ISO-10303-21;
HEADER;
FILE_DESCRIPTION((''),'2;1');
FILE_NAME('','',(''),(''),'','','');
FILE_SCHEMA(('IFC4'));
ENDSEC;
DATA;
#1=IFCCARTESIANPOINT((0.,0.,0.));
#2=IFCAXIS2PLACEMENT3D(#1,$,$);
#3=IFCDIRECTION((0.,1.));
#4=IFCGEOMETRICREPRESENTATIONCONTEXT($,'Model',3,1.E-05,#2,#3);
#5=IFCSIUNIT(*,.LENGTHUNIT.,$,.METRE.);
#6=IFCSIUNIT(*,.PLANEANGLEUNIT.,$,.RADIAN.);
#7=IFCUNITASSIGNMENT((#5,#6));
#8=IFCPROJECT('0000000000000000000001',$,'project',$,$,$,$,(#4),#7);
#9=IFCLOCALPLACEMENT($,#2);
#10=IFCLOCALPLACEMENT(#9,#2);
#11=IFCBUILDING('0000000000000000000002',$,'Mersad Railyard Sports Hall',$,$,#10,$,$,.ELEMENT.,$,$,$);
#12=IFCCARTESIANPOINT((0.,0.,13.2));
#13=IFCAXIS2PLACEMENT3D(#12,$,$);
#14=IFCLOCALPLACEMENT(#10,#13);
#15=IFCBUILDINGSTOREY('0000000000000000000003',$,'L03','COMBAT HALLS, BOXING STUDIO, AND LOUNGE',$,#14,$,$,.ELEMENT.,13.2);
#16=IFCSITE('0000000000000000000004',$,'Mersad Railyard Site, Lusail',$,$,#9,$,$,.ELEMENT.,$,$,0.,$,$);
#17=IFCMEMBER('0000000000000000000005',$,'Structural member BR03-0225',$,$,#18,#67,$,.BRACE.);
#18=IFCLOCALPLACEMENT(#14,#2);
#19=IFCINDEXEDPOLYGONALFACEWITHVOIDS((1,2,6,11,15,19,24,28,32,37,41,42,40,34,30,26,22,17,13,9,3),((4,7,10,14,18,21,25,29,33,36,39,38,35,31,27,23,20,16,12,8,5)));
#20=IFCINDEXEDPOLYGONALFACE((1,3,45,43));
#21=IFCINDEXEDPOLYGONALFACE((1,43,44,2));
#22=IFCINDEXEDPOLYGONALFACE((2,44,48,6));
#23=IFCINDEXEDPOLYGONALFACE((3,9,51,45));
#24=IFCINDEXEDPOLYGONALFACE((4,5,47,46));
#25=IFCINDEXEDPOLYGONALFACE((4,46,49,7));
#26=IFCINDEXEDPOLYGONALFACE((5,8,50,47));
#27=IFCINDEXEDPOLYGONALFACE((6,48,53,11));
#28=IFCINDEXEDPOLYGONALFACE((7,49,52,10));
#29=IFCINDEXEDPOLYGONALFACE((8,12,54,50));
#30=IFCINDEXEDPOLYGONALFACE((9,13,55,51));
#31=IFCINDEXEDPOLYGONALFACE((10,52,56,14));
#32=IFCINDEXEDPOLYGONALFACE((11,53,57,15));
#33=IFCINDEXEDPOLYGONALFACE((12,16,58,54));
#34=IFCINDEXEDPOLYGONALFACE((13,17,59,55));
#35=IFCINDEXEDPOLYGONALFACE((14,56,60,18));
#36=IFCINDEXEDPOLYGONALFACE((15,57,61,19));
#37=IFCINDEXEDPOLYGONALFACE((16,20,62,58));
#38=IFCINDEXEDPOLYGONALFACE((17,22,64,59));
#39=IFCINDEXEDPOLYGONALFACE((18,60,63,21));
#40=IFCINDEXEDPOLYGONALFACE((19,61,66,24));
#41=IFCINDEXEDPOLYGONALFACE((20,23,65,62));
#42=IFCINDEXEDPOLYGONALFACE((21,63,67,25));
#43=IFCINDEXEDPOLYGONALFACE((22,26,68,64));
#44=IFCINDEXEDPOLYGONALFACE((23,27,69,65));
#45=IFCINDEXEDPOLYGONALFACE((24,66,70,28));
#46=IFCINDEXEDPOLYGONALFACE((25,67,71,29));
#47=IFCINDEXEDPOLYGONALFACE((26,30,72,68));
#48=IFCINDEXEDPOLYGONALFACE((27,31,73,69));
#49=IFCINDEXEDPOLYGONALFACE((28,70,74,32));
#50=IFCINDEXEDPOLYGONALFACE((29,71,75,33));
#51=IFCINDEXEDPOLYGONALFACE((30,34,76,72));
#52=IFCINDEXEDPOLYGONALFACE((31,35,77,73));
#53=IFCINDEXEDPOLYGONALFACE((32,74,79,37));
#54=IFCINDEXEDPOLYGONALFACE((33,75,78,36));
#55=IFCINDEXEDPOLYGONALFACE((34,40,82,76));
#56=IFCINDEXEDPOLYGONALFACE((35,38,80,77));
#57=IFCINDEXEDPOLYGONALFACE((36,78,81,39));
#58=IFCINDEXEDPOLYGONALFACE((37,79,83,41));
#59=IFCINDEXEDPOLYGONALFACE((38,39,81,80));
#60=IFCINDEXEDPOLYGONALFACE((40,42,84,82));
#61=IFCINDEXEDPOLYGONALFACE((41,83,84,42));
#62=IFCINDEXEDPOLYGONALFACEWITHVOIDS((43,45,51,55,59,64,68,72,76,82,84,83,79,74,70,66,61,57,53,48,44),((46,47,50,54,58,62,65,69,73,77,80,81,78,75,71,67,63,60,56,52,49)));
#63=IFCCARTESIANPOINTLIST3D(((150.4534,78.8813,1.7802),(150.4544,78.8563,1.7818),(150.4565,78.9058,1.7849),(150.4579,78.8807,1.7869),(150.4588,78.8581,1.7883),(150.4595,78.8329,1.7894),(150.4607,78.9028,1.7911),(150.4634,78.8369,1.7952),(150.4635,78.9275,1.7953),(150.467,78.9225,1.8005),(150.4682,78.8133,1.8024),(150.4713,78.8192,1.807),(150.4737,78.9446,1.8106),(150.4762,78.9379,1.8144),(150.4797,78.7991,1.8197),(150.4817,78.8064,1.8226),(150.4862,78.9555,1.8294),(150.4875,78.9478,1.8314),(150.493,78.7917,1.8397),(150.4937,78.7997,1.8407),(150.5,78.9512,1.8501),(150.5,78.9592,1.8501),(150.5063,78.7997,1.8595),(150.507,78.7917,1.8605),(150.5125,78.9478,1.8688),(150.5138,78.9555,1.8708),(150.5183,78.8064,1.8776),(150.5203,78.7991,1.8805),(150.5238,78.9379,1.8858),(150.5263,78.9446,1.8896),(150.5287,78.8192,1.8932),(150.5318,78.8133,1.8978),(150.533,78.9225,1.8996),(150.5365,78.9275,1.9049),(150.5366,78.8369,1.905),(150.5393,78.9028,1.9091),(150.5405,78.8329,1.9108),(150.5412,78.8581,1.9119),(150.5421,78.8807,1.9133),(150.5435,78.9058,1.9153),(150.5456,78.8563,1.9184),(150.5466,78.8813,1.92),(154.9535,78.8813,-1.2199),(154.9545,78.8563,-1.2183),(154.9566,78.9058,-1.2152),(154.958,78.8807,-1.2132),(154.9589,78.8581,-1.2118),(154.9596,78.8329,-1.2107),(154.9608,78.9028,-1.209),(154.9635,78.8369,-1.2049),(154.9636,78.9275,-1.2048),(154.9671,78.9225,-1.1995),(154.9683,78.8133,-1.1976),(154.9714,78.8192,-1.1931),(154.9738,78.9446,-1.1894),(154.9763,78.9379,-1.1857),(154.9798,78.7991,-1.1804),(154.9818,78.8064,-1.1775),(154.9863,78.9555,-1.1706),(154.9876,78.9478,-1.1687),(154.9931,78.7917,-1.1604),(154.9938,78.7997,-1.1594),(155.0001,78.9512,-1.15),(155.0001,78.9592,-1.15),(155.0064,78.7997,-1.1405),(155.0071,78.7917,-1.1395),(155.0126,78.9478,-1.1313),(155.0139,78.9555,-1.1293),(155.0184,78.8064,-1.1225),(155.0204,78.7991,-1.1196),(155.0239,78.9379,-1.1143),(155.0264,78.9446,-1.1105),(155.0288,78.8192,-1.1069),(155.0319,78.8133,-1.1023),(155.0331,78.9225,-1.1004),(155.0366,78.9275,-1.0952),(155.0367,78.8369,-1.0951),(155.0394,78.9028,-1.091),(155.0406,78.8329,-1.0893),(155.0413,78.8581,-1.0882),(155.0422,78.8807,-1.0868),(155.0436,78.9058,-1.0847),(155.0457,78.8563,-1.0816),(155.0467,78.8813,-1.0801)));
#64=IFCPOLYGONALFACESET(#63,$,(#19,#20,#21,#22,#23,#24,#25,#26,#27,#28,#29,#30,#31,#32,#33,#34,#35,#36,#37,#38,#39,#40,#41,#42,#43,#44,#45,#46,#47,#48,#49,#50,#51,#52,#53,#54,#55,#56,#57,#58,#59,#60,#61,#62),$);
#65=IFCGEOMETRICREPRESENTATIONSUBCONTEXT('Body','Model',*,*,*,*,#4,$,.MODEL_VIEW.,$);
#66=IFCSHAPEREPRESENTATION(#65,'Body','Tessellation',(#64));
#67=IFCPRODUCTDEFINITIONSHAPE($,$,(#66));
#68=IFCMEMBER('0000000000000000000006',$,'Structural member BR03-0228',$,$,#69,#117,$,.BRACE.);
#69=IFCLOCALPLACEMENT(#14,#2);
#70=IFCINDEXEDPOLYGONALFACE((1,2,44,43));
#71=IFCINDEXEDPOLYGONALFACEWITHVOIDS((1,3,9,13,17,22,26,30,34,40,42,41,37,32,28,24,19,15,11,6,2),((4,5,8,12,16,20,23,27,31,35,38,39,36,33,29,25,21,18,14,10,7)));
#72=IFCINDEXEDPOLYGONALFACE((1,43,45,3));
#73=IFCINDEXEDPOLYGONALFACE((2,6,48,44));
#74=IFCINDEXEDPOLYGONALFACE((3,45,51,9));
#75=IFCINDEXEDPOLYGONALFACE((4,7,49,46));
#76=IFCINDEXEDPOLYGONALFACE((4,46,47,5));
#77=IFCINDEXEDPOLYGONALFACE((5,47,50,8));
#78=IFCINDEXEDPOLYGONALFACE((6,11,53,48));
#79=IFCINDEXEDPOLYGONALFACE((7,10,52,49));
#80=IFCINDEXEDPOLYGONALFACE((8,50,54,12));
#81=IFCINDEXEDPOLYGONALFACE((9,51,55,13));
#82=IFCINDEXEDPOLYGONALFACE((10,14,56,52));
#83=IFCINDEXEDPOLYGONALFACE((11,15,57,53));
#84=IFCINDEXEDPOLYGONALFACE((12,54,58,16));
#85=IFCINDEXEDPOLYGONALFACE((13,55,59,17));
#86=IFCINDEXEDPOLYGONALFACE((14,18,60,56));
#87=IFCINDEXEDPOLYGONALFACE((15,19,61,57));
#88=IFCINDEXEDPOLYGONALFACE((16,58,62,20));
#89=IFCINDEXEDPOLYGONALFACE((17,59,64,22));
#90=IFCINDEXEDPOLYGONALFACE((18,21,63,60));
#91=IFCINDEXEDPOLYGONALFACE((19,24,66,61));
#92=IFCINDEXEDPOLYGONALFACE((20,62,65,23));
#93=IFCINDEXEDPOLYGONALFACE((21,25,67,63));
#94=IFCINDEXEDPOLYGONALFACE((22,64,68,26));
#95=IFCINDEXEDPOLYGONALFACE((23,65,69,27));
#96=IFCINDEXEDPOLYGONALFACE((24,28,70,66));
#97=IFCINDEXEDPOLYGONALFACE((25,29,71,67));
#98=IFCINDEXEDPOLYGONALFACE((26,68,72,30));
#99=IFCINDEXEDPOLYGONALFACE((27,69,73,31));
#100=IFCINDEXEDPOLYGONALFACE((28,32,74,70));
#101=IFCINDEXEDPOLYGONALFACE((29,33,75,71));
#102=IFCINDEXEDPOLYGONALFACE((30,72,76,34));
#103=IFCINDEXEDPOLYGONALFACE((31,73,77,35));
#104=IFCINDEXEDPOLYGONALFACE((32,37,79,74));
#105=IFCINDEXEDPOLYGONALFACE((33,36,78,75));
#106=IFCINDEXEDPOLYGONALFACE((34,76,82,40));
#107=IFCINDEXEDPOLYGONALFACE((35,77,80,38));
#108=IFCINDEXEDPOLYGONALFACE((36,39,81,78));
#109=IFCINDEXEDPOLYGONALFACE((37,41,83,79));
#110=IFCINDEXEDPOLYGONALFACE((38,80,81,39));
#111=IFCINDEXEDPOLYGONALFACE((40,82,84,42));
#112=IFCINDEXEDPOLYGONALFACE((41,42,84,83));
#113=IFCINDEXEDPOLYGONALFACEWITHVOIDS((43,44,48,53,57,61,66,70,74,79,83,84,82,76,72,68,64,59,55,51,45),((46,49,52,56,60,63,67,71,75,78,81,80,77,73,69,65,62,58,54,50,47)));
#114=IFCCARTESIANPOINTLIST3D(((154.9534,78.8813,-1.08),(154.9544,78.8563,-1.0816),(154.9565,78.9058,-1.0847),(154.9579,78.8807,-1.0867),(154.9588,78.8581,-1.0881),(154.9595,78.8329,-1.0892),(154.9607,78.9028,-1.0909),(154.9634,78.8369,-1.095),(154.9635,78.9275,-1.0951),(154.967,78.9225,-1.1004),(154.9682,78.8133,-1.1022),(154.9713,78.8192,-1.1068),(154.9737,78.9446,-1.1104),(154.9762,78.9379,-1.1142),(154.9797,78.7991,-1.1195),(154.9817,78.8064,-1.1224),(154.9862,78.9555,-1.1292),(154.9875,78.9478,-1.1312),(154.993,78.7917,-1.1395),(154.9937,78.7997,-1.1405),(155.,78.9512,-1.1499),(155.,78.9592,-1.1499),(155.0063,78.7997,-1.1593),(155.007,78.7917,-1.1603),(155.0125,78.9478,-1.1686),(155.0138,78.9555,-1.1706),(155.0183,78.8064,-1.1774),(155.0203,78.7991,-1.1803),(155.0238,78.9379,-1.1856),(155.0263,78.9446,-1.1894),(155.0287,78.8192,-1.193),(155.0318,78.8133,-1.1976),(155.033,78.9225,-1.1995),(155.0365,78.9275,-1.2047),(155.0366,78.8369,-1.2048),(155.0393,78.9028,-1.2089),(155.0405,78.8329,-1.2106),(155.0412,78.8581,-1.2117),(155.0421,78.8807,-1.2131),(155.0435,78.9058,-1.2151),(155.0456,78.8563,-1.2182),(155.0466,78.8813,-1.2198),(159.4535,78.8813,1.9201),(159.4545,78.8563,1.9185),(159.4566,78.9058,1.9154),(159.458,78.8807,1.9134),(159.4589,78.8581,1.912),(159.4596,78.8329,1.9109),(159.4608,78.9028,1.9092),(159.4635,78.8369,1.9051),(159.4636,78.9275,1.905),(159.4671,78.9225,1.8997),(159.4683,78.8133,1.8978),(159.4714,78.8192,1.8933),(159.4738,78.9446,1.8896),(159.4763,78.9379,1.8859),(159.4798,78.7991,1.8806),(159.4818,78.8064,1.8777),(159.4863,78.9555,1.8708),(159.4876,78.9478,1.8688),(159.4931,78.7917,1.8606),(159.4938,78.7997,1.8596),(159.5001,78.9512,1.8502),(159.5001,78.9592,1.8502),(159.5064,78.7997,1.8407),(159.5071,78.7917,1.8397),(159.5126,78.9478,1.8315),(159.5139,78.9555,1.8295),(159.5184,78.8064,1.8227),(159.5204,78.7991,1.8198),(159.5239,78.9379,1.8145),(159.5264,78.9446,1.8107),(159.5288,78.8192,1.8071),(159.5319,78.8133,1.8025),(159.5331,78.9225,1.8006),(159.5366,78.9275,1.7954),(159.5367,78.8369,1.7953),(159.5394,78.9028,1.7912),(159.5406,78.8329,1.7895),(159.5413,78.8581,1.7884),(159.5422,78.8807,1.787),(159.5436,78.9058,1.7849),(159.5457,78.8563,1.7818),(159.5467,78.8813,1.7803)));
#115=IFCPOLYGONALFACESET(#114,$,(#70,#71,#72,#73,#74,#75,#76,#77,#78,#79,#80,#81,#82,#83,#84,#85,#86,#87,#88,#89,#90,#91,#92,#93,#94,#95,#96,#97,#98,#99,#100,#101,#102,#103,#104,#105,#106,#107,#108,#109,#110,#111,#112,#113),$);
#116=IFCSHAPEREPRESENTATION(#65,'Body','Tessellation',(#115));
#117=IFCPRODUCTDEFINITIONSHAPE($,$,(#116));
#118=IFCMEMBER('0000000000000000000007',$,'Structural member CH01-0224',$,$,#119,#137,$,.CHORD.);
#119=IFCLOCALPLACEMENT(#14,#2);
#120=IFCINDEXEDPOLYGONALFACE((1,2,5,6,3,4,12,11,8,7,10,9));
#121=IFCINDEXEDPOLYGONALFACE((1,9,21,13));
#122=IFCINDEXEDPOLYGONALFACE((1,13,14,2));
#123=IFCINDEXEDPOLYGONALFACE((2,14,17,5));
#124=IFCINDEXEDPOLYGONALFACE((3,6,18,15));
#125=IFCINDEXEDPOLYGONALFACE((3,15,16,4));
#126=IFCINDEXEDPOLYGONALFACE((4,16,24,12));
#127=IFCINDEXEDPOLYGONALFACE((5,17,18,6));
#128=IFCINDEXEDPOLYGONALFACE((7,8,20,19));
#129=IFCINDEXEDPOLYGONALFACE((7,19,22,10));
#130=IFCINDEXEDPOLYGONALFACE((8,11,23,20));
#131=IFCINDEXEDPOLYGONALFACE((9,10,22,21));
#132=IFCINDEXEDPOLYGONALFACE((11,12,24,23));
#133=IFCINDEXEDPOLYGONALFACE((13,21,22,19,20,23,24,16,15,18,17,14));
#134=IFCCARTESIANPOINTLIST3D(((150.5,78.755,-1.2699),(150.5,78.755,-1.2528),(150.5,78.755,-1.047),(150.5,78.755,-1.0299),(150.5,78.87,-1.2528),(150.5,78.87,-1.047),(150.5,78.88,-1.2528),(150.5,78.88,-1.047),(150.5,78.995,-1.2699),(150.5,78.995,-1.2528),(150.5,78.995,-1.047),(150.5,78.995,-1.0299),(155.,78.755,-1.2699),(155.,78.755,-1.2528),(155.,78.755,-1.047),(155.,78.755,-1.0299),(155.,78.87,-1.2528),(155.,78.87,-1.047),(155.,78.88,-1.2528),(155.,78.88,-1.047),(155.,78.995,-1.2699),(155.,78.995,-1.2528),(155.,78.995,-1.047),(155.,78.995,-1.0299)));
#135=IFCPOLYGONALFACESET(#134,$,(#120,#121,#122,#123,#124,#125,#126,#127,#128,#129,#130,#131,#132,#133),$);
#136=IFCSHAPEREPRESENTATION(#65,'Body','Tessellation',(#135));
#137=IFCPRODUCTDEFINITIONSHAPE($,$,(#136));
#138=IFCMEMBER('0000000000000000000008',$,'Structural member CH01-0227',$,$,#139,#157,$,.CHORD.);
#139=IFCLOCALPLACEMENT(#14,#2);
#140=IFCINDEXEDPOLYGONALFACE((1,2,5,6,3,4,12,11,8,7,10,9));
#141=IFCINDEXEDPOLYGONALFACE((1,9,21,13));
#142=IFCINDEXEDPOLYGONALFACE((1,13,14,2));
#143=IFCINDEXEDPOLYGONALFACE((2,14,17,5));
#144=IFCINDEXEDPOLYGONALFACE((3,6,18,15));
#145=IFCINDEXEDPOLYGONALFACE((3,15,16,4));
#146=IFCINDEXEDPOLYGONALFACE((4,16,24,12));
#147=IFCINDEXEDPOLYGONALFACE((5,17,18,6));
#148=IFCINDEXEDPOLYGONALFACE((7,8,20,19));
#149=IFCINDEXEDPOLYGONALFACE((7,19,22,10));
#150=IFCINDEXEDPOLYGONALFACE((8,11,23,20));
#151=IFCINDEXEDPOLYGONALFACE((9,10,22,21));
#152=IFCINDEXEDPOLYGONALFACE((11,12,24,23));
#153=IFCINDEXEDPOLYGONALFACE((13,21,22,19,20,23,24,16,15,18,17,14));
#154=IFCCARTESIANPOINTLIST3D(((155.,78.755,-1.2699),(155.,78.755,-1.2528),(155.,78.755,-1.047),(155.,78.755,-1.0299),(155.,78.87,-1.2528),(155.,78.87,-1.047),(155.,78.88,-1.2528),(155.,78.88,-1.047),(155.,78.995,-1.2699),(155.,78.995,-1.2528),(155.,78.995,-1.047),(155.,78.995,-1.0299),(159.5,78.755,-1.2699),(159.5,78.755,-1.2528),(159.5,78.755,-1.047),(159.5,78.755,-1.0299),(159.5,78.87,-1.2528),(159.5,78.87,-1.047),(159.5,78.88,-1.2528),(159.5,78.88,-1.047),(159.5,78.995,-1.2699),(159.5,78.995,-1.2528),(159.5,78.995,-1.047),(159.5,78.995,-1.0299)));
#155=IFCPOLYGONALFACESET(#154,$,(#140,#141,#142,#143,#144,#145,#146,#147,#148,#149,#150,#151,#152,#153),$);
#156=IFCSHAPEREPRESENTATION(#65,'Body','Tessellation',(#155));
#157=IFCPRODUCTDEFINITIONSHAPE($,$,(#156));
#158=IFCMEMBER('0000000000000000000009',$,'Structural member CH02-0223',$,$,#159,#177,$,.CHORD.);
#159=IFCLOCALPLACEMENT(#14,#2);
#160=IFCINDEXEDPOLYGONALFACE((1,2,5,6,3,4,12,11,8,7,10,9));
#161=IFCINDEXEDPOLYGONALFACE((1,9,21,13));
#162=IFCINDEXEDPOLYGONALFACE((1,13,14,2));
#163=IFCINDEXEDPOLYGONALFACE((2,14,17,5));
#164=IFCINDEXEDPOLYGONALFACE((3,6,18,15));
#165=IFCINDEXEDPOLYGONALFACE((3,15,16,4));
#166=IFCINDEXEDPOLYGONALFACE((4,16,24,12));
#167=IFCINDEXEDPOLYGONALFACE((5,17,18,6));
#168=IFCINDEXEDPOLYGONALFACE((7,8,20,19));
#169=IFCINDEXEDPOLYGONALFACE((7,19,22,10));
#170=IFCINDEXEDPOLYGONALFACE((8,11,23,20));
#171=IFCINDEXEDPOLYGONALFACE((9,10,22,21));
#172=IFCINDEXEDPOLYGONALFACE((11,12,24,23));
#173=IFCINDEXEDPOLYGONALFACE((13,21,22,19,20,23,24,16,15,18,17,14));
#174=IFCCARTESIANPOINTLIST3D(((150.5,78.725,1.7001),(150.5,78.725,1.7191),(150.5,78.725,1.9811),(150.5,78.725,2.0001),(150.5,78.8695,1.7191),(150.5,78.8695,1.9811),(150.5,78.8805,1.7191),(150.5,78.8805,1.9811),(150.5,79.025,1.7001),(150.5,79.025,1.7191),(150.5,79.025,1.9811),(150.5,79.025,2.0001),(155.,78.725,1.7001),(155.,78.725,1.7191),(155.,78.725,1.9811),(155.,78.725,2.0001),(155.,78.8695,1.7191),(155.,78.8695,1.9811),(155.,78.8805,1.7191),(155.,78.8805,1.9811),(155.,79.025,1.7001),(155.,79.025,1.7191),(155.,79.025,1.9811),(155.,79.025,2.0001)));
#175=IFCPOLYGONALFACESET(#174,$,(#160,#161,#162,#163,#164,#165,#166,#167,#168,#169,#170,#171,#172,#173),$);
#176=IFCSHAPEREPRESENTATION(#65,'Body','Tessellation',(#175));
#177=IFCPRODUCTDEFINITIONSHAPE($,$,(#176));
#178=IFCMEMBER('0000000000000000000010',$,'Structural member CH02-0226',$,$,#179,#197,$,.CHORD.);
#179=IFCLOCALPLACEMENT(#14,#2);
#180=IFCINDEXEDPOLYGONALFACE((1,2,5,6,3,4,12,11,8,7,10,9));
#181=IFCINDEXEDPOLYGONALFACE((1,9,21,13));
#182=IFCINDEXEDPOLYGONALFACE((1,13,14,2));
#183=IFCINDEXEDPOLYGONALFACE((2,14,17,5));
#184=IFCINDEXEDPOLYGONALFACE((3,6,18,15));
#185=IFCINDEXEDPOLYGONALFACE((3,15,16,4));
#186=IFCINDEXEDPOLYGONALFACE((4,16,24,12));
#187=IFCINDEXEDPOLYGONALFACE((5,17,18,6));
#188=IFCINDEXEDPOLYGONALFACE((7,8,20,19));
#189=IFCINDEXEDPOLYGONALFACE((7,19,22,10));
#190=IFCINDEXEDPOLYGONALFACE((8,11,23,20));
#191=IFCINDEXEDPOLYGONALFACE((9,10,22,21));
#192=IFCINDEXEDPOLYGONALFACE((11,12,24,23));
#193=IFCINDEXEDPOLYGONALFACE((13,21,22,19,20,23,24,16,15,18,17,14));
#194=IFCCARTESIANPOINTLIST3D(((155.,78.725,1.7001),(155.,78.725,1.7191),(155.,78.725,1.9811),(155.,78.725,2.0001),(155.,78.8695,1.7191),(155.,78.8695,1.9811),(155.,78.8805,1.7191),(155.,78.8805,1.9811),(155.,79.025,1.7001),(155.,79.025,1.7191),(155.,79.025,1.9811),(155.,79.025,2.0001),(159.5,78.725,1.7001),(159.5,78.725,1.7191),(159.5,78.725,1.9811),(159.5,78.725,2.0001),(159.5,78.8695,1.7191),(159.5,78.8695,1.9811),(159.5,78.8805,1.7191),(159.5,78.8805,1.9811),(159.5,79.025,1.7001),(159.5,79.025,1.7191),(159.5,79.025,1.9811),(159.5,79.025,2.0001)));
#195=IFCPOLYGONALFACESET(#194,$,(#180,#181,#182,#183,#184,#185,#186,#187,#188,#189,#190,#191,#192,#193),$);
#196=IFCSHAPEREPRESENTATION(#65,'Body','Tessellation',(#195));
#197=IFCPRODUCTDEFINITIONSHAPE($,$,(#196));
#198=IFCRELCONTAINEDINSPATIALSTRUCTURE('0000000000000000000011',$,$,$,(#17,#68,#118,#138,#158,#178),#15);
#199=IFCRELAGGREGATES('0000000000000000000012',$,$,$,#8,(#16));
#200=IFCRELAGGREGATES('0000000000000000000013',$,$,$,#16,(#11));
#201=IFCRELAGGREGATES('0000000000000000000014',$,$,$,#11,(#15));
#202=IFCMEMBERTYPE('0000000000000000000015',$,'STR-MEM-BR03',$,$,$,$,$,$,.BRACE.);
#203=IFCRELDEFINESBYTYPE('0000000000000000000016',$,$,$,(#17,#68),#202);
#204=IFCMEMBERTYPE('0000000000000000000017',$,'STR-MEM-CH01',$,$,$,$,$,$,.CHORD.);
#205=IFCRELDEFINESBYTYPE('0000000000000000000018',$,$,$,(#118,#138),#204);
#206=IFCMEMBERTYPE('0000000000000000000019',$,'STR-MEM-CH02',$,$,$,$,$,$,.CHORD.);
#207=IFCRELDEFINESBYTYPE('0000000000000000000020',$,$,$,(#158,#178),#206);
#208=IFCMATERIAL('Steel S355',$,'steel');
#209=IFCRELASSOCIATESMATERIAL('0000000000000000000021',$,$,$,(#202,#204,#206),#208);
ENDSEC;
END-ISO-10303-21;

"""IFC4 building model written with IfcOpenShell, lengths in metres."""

from ifc_helpers import new_model, si_unit, direction, frame, origin, origin_2d, place, context, subcontext, project, spatial, hollow_circle, i_section, extrude, material, material_profile, profile_set, type_object, element, save


model = new_model("IFC4")

# Units and contexts
model_context = context("Model", 3, precision=1e-05, world=origin(), true_north=direction((0.0, 1.0)))
body_context = subcontext(model_context, "Body", "Model", "MODEL_VIEW")
ifc_project = project(units=[si_unit("LENGTHUNIT", "METRE"), si_unit("PLANEANGLEUNIT", "RADIAN")], contexts=[model_context])

# Site, building, storey
site_placement = place(None, origin())
site = spatial("IfcSite", under=ifc_project, at=site_placement, Name="Mersad Railyard Site, Lusail", CompositionType="ELEMENT", RefElevation=0.0)
building_placement = place(site_placement, origin())
building = spatial("IfcBuilding", under=site, at=building_placement, Name="Mersad Railyard Sports Hall", CompositionType="ELEMENT")
storey_placement = place(building_placement, frame((0.0, 0.0, 13.2)))
storey = spatial("IfcBuildingStorey", under=building, at=storey_placement, Name="L03", Description="COMBAT HALLS, BOXING STUDIO, AND LOUNGE", CompositionType="ELEMENT", Elevation=13.2)

# Members
ifc_material_1 = material(Name="Steel S355", Category="steel")
ifc_material_profile_1 = material_profile(ifc_material_1, hollow_circle(Radius=0.0842, WallThickness=0.0081, at=origin_2d()), Name="CHS 168.3x8")
ifc_profile_set_1 = profile_set([ifc_material_profile_1], Name="Steel S355")
member_type_1 = type_object("IfcMemberType", Name="STR-MEM-BR03", PredefinedType="BRACE", material=ifc_profile_set_1)
for number, where, z_axis, x_axis, name in (
    (1, (150.5, 78.875, 1.8501), (0.83205, 0.0, -0.5547), (0.0, 1.0, 0.0), "Structural member BR03-0225"),
    (2, (155.0, 78.875, -1.1499), (0.83205, 0.0, 0.5547), (0.0, 1.0, 0.0), "Structural member BR03-0228"),
):
    element("IfcMember", number, at=place(storey_placement, frame(where, z_axis=z_axis, x_axis=x_axis)), inside=storey, type_object=member_type_1, Name=name, PredefinedType="BRACE", context=body_context, shape_type="SweptSolid", body=[
        extrude(hollow_circle(Radius=0.0842, WallThickness=0.0081, at=origin_2d()), origin(), (0.0, 0.0, 1.0), 5.4084),
    ])
ifc_material_profile_2 = material_profile(ifc_material_1, i_section(OverallWidth=0.24, OverallDepth=0.24, WebThickness=0.01, FlangeThickness=0.0171, at=origin_2d()), Name="HEB 240")
ifc_profile_set_2 = profile_set([ifc_material_profile_2], Name="Steel S355")
member_type_2 = type_object("IfcMemberType", Name="STR-MEM-CH01", PredefinedType="CHORD", material=ifc_profile_set_2)
for number, where, z_axis, x_axis, name in (
    (3, (150.5, 78.875, -1.1499), (1.0, 0.0, 0.0), (0.0, 1.0, 0.0), "Structural member CH01-0224"),
    (4, (155.0, 78.875, -1.1499), (1.0, 0.0, 0.0), (0.0, 1.0, 0.0), "Structural member CH01-0227"),
):
    element("IfcMember", number, at=place(storey_placement, frame(where, z_axis=z_axis, x_axis=x_axis)), inside=storey, type_object=member_type_2, Name=name, PredefinedType="CHORD", context=body_context, shape_type="SweptSolid", body=[
        extrude(i_section(OverallWidth=0.24, OverallDepth=0.24, WebThickness=0.01, FlangeThickness=0.0171, at=origin_2d()), origin(), (0.0, 0.0, 1.0), 4.5),
    ])
ifc_material_profile_3 = material_profile(ifc_material_1, i_section(OverallWidth=0.3, OverallDepth=0.3, WebThickness=0.011, FlangeThickness=0.019, at=origin_2d()), Name="HEB 300")
ifc_profile_set_3 = profile_set([ifc_material_profile_3], Name="Steel S355")
member_type_3 = type_object("IfcMemberType", Name="STR-MEM-CH02", PredefinedType="CHORD", material=ifc_profile_set_3)
for number, where, z_axis, x_axis, name in (
    (5, (150.5, 78.875, 1.8501), (1.0, 0.0, 0.0), (0.0, 1.0, 0.0), "Structural member CH02-0223"),
    (6, (155.0, 78.875, 1.8501), (1.0, 0.0, 0.0), (0.0, 1.0, 0.0), "Structural member CH02-0226"),
):
    element("IfcMember", number, at=place(storey_placement, frame(where, z_axis=z_axis, x_axis=x_axis)), inside=storey, type_object=member_type_3, Name=name, PredefinedType="CHORD", context=body_context, shape_type="SweptSolid", body=[
        extrude(i_section(OverallWidth=0.3, OverallDepth=0.3, WebThickness=0.011, FlangeThickness=0.019, at=origin_2d()), origin(), (0.0, 0.0, 1.0), 4.5),
    ])

save(model, "model.ifc")
